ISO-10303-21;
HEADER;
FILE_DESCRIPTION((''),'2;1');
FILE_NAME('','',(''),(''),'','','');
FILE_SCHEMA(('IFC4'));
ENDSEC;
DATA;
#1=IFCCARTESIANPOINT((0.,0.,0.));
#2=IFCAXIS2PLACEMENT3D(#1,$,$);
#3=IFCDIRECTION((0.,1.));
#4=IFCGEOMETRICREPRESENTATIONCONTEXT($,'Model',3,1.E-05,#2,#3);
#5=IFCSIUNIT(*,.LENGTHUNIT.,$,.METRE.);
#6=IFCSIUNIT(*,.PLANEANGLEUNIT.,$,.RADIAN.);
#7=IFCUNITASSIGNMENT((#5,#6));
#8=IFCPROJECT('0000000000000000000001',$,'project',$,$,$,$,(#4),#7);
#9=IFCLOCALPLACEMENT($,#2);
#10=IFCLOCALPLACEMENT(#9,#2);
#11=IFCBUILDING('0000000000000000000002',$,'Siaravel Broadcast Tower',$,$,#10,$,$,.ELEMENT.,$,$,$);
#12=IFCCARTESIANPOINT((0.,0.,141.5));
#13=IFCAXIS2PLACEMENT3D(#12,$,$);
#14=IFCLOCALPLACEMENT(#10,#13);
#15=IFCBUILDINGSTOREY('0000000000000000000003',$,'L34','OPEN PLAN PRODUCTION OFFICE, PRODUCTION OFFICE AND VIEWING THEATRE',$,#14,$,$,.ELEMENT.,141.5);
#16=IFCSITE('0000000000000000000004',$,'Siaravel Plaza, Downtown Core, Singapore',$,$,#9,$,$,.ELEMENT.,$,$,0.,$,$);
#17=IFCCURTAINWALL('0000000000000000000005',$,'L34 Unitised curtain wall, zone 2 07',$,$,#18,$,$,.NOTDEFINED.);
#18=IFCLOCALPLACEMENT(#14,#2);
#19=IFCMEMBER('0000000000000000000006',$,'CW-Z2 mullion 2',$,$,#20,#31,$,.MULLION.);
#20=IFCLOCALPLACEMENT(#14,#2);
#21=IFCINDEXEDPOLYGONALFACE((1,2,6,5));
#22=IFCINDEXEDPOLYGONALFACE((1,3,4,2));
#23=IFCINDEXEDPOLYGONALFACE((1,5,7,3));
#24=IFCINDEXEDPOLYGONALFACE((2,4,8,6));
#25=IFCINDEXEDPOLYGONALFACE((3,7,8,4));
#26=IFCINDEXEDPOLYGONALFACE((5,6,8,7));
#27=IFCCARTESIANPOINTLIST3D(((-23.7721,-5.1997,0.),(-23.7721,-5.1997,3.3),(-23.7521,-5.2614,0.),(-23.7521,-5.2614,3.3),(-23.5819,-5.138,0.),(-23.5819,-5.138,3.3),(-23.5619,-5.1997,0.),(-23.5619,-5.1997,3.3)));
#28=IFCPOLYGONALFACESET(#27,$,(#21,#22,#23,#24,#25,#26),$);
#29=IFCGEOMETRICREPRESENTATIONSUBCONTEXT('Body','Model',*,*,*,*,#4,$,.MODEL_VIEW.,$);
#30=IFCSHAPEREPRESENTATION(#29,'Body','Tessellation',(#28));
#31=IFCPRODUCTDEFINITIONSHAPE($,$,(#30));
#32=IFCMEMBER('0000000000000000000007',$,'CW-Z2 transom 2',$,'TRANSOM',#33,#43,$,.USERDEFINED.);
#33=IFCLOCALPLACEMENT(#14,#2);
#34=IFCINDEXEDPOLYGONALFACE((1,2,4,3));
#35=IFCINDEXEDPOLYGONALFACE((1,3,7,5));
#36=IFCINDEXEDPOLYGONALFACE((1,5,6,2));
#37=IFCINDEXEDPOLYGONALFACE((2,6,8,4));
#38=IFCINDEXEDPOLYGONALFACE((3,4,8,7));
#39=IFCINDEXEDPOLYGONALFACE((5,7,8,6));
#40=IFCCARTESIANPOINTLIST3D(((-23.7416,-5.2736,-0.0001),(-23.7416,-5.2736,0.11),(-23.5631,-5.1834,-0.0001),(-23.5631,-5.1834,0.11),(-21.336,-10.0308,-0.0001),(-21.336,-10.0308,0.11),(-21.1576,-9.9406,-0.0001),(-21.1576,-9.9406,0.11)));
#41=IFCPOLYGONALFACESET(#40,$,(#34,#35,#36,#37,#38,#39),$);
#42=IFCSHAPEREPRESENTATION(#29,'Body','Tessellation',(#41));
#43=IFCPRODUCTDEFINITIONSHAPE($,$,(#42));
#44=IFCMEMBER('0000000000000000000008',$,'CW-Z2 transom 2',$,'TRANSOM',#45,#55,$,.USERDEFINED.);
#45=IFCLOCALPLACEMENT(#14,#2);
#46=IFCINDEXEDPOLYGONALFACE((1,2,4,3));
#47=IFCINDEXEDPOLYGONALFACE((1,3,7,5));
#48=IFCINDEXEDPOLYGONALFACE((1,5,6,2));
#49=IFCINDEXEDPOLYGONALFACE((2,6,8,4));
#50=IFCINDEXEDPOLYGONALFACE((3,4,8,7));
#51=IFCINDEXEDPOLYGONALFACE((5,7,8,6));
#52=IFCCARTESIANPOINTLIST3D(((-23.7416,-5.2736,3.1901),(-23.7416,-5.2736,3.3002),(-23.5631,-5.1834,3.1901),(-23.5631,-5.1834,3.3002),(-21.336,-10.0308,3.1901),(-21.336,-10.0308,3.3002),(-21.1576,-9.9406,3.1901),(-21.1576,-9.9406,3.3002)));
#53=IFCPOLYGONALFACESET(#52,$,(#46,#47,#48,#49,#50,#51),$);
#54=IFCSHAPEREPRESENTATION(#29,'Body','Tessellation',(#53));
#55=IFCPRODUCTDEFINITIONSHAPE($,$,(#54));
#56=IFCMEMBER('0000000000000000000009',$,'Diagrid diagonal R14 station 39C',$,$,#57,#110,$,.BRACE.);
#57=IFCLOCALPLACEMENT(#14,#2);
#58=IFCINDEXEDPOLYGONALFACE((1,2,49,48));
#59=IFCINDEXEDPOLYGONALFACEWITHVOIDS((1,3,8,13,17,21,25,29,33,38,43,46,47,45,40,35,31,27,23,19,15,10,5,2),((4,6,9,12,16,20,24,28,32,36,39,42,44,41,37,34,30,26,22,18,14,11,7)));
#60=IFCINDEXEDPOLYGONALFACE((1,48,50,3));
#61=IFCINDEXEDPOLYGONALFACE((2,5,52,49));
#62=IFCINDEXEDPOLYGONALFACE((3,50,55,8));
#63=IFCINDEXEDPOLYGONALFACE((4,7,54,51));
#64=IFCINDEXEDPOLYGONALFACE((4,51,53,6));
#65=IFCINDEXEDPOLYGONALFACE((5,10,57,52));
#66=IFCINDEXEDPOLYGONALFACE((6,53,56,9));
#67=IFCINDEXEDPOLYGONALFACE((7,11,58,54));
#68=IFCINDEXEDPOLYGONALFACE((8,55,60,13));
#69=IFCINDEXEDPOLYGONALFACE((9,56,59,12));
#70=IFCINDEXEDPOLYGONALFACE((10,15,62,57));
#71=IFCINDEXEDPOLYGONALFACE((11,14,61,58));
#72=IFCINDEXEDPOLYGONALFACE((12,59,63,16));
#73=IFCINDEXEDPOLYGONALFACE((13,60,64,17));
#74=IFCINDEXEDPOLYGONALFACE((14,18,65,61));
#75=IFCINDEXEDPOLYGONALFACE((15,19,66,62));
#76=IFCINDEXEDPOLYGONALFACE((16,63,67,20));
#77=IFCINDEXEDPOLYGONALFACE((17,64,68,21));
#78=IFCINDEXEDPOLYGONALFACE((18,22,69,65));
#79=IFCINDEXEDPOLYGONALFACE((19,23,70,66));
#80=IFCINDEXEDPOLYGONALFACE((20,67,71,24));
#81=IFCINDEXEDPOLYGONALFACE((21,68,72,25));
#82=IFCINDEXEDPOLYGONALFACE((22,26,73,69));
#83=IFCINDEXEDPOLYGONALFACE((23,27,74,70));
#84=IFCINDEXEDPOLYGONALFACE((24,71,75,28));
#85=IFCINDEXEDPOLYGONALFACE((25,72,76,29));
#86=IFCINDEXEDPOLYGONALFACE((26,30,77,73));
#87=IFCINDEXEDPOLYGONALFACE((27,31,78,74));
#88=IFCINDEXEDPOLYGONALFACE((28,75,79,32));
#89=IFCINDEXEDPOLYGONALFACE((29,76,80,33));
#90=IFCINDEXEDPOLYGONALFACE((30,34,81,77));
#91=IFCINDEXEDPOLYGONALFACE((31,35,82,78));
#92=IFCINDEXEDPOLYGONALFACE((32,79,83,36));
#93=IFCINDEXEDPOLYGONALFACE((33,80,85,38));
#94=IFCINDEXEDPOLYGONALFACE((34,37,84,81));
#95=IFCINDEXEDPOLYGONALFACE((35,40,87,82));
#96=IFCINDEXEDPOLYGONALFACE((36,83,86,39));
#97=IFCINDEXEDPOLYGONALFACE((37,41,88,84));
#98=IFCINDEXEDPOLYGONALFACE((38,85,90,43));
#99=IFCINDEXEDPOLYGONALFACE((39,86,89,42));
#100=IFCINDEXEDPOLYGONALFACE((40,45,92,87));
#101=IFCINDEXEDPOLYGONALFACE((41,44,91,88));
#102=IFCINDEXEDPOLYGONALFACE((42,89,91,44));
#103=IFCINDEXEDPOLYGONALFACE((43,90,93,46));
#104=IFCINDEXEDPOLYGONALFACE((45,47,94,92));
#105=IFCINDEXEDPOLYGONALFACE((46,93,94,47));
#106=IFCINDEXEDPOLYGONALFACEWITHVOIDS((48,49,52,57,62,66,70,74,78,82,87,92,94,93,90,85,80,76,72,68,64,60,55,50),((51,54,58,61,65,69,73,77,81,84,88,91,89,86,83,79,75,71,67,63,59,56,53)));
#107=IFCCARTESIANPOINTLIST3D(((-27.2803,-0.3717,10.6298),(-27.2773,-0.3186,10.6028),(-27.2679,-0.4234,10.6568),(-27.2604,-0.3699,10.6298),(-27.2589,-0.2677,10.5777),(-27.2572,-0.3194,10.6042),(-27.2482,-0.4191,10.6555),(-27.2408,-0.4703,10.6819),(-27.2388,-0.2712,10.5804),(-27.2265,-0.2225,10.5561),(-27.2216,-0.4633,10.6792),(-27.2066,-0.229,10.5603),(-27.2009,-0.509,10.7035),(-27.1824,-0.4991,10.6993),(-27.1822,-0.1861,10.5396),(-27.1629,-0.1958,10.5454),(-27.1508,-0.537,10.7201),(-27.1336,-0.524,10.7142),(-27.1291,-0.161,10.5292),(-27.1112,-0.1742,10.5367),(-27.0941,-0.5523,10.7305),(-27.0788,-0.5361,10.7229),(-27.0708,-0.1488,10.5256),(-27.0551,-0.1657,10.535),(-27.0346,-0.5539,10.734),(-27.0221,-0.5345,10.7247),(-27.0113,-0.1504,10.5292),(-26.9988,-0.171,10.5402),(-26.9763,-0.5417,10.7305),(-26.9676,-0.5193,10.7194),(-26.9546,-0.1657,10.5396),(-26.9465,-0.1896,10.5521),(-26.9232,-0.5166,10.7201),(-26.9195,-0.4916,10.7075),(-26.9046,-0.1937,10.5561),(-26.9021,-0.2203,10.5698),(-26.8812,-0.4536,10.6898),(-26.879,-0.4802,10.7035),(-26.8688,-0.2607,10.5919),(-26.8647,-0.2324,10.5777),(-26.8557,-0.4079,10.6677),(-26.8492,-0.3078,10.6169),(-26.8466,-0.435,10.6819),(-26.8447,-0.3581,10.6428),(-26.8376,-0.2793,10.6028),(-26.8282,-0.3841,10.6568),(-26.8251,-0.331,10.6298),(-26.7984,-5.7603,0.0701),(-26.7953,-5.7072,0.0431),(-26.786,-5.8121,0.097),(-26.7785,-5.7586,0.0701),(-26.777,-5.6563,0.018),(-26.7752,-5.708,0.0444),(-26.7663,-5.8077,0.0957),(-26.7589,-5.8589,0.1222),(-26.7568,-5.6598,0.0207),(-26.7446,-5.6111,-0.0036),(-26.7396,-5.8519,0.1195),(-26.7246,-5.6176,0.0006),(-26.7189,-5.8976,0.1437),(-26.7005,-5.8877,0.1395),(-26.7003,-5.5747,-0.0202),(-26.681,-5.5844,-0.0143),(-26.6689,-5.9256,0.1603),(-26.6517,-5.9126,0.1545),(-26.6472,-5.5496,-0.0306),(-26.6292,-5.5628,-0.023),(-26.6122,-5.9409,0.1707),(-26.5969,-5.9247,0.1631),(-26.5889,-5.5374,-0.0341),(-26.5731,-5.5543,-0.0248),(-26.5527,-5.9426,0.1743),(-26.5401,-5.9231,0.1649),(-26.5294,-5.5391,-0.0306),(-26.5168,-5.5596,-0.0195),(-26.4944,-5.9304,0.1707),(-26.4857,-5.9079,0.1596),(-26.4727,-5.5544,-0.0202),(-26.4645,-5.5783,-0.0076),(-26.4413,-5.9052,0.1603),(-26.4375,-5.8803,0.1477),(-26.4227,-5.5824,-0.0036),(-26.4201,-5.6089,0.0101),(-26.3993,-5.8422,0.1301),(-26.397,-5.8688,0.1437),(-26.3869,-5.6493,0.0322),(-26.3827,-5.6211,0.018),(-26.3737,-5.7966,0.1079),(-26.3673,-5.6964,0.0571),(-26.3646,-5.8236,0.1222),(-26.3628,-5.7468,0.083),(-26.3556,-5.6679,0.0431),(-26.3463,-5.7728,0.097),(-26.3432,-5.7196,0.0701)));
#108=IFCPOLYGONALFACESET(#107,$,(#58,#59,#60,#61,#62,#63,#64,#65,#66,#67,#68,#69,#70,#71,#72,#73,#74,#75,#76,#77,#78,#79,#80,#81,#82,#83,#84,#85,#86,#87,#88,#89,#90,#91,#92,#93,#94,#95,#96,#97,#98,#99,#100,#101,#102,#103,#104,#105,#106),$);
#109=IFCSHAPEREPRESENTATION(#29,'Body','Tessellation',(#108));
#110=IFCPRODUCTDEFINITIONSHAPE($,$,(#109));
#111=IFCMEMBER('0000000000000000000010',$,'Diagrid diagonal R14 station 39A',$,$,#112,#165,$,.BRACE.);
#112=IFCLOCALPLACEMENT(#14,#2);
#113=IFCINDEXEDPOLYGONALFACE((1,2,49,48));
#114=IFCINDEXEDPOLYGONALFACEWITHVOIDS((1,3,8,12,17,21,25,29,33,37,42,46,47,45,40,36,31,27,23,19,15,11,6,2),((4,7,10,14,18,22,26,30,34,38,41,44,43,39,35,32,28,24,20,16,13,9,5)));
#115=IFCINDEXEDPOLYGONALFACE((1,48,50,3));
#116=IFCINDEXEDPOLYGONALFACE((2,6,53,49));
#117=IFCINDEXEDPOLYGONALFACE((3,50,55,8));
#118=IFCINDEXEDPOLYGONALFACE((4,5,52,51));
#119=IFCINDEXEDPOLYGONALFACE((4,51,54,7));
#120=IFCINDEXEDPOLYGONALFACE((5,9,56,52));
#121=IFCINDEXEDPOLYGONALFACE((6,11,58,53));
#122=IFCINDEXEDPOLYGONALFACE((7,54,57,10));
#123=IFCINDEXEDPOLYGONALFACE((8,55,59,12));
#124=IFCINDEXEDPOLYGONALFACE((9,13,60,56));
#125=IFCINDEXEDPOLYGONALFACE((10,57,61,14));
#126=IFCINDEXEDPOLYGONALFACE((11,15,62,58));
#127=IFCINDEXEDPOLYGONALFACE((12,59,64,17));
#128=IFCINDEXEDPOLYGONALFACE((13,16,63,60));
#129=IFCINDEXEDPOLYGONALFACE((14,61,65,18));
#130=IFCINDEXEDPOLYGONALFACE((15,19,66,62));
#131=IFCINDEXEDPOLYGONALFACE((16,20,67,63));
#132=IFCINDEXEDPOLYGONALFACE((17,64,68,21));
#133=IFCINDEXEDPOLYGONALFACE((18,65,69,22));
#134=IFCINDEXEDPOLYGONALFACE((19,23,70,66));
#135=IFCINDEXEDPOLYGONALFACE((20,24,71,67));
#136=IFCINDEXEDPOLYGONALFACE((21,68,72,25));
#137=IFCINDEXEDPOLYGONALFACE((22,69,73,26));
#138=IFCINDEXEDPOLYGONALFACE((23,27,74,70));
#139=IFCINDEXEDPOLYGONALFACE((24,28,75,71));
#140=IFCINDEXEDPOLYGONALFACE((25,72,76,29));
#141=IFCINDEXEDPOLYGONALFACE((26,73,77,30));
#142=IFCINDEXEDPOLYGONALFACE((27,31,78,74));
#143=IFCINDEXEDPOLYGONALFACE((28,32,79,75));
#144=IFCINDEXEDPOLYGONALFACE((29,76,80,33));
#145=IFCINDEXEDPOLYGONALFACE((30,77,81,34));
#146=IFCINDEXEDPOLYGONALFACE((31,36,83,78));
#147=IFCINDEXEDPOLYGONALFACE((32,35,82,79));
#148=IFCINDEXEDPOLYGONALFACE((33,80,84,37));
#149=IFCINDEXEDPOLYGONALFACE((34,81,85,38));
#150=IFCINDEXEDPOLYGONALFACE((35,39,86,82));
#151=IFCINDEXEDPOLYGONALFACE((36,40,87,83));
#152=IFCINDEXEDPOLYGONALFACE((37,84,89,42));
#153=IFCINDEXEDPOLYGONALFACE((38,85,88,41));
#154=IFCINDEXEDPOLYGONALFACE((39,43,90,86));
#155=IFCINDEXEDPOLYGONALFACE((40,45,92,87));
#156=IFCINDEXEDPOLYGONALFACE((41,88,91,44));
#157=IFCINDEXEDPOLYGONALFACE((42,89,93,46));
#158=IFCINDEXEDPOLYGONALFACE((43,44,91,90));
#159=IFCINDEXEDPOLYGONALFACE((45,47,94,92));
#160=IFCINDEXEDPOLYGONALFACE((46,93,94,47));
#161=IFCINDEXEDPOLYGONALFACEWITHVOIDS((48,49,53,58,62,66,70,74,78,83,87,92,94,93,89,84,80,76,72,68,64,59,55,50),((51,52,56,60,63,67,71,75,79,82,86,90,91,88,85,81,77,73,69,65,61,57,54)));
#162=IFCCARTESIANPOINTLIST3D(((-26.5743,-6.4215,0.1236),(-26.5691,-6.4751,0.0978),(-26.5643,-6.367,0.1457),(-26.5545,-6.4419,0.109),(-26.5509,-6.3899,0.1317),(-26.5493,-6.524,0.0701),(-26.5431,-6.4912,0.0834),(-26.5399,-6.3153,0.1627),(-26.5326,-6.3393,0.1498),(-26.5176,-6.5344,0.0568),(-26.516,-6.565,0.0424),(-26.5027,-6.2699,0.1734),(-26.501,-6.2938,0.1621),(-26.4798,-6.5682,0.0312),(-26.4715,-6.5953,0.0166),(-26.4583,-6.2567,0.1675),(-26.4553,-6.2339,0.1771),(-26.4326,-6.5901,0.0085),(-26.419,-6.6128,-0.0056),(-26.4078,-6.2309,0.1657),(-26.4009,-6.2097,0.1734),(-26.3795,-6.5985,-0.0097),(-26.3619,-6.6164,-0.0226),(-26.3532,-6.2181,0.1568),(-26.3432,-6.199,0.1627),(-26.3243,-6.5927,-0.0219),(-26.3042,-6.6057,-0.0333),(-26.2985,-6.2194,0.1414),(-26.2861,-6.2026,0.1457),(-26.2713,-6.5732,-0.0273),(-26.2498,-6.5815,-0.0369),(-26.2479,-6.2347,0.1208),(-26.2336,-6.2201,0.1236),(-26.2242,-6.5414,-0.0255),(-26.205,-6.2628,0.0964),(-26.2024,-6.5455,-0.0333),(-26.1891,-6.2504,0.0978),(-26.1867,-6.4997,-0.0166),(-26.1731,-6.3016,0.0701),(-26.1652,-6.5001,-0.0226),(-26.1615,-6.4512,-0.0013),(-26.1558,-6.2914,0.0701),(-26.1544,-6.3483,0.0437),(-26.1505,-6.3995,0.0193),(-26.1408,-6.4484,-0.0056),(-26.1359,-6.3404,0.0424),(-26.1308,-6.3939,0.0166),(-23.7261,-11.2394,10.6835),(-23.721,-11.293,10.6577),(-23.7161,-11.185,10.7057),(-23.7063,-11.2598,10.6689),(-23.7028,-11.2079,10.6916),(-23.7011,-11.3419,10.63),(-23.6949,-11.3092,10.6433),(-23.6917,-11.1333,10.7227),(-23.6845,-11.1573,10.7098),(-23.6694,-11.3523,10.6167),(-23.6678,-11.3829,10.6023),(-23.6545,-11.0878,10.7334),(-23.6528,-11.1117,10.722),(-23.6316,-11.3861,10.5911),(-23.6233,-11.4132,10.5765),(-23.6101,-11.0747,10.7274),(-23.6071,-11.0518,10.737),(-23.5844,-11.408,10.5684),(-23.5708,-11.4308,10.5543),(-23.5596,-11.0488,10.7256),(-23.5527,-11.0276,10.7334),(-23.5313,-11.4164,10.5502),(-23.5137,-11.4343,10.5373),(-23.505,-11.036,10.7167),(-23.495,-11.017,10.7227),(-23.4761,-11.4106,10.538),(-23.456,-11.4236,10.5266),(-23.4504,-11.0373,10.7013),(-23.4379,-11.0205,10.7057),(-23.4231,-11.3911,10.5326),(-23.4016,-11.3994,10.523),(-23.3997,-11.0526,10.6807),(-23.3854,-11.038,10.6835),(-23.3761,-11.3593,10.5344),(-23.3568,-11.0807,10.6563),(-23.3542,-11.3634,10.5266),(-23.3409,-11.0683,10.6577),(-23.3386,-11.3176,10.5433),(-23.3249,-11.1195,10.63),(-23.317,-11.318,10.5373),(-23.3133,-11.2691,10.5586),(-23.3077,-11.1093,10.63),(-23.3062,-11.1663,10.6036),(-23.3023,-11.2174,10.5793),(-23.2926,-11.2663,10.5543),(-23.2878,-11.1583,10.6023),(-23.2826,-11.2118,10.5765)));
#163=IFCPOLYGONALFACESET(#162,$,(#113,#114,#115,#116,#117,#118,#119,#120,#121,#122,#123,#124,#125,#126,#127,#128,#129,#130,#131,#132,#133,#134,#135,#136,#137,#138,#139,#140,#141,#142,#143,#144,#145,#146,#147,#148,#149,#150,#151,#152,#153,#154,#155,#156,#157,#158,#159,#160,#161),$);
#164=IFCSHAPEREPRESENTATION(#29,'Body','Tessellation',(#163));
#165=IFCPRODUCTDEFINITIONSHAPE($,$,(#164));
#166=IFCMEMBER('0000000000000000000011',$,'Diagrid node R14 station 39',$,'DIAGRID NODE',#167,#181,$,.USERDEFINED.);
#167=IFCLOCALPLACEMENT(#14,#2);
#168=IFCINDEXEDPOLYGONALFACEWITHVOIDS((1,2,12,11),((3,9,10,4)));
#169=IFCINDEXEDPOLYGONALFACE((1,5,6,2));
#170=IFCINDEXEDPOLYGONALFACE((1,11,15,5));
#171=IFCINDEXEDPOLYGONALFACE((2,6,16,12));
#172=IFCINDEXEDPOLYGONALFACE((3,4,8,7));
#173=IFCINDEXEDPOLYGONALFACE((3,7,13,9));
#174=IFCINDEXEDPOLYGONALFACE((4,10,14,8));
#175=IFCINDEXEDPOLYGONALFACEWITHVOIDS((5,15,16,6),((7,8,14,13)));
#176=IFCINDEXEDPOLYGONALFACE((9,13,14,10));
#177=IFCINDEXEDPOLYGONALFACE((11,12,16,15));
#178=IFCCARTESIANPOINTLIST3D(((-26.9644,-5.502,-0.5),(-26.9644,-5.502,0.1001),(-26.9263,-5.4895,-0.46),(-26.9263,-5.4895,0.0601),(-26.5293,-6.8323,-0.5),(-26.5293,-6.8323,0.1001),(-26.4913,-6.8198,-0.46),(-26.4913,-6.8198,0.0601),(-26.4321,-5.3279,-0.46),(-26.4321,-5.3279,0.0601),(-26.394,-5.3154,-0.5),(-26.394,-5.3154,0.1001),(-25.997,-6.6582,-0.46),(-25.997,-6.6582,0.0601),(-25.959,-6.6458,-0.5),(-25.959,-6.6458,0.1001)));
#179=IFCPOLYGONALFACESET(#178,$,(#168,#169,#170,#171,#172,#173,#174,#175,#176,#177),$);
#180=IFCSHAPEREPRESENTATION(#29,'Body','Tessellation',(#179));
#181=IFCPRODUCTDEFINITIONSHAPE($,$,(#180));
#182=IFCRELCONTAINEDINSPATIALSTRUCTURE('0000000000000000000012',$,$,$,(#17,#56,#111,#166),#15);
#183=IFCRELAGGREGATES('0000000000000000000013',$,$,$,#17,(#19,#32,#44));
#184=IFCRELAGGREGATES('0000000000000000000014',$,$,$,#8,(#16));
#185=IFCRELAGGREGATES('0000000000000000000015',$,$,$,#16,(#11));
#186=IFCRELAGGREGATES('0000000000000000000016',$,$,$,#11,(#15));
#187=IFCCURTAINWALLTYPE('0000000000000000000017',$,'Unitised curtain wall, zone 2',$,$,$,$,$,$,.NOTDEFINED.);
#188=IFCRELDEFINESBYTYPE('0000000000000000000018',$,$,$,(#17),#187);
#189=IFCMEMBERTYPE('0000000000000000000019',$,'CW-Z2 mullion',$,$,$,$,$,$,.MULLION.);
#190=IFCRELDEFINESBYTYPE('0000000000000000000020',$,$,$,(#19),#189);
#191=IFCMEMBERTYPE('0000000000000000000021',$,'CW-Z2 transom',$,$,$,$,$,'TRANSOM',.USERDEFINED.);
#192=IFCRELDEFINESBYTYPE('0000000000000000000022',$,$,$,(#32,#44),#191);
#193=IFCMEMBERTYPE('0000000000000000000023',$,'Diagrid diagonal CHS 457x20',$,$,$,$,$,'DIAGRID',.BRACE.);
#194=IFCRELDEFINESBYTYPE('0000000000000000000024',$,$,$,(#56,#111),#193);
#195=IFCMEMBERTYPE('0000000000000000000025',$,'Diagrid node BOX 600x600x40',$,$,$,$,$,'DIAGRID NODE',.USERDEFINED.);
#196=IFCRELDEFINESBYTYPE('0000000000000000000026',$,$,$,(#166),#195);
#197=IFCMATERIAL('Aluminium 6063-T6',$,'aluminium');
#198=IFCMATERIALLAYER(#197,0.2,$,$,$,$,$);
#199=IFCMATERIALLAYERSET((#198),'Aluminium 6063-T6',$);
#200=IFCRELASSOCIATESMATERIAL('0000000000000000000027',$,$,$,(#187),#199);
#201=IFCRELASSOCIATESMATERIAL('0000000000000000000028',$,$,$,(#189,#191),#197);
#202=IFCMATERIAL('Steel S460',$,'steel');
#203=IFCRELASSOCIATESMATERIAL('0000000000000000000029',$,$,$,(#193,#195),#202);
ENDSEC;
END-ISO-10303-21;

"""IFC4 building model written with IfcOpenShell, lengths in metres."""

from ifc_helpers import new_model, si_unit, direction, frame, origin, origin_2d, place, context, subcontext, project, spatial, rectangle, hollow_rectangle, hollow_circle, extrude, material, layer, layer_set, material_profile, profile_set, type_object, element, aggregate, save


model = new_model("IFC4")

# Units and contexts
model_context = context("Model", 3, precision=1e-05, world=origin(), true_north=direction((0.0, 1.0)))
body_context = subcontext(model_context, "Body", "Model", "MODEL_VIEW")
ifc_project = project(units=[si_unit("LENGTHUNIT", "METRE"), si_unit("PLANEANGLEUNIT", "RADIAN")], contexts=[model_context])

# Site, building, storey
site_placement = place(None, origin())
site = spatial("IfcSite", under=ifc_project, at=site_placement, Name="Siaravel Plaza, Downtown Core, Singapore", CompositionType="ELEMENT", RefElevation=0.0)
building_placement = place(site_placement, origin())
building = spatial("IfcBuilding", under=site, at=building_placement, Name="Siaravel Broadcast Tower", CompositionType="ELEMENT")
storey_placement = place(building_placement, frame((0.0, 0.0, 141.5)))
storey = spatial("IfcBuildingStorey", under=building, at=storey_placement, Name="L34", Description="OPEN PLAN PRODUCTION OFFICE, PRODUCTION OFFICE AND VIEWING THEATRE", CompositionType="ELEMENT", Elevation=141.5)

# Curtain wall, members
ifc_material_1 = material(Name="Aluminium 6063-T6", Category="aluminium")
ifc_layer_1 = layer(ifc_material_1, 0.2)
ifc_layer_set_1 = layer_set([ifc_layer_1], Name="Aluminium 6063-T6")
curtain_wall_type = type_object("IfcCurtainWallType", Name="Unitised curtain wall, zone 2", PredefinedType="NOTDEFINED", material=ifc_layer_set_1)
curtain_wall_placement = place(storey_placement, origin())
curtain_wall = element("IfcCurtainWall", 1, at=curtain_wall_placement, inside=storey, type_object=curtain_wall_type, Name="L34 Unitised curtain wall, zone 2 07", PredefinedType="NOTDEFINED")
ifc_material_profile_1 = material_profile(ifc_material_1, rectangle(XDim=0.2, YDim=0.0649, at=origin_2d()))
ifc_profile_set_1 = profile_set([ifc_material_profile_1], Name="Aluminium 6063-T6")
member_type_1 = type_object("IfcMemberType", Name="CW-Z2 mullion", PredefinedType="MULLION", material=ifc_profile_set_1)
member_1_placement = place(storey_placement, frame((-23.667, -5.1997, 0.0), z_axis=(0.0, 0.0, 1.0), x_axis=(0.951177, 0.308645, 0.0)))
member_1 = element("IfcMember", 2, at=member_1_placement, type_object=member_type_1, Name="CW-Z2 mullion 2", PredefinedType="MULLION", context=body_context, shape_type="SweptSolid", body=[
    extrude(rectangle(XDim=0.2, YDim=0.0649, at=origin_2d()), origin(), (0.0, 0.0, 1.0), 3.3),
])
ifc_material_profile_2 = material_profile(ifc_material_1, rectangle(XDim=0.2, YDim=0.1101, at=origin_2d()))
ifc_profile_set_2 = profile_set([ifc_material_profile_2], Name="Aluminium 6063-T6")
member_type_2 = type_object("IfcMemberType", Name="CW-Z2 transom", ElementType="TRANSOM", PredefinedType="USERDEFINED", material=ifc_profile_set_2)
member_2_placement = place(storey_placement, frame((-23.6523, -5.2285, 0.0549), z_axis=(0.451258, -0.892394, 0.0), x_axis=(0.892394, 0.451258, 0.0)))
member_2 = element("IfcMember", 3, at=member_2_placement, type_object=member_type_2, Name="CW-Z2 transom 2", ObjectType="TRANSOM", PredefinedType="USERDEFINED", context=body_context, shape_type="SweptSolid", body=[
    extrude(rectangle(XDim=0.2, YDim=0.1101, at=origin_2d()), origin(), (0.0, 0.0, 1.0), 5.3308),
])
member_3_placement = place(storey_placement, frame((-23.6523, -5.2285, 3.2451), z_axis=(0.451258, -0.892394, 0.0), x_axis=(0.892394, 0.451258, 0.0)))
member_3 = element("IfcMember", 4, at=member_3_placement, type_object=member_type_2, Name="CW-Z2 transom 2", ObjectType="TRANSOM", PredefinedType="USERDEFINED", context=body_context, shape_type="SweptSolid", body=[
    extrude(rectangle(XDim=0.2, YDim=0.1101, at=origin_2d()), origin(), (0.0, 0.0, 1.0), 5.3308),
])

# Members
ifc_material_2 = material(Name="Steel S460", Category="steel")
ifc_material_profile_3 = material_profile(ifc_material_2, hollow_circle(Radius=0.2285, WallThickness=0.02, at=origin_2d()))
ifc_profile_set_3 = profile_set([ifc_material_profile_3], Name="Steel S460")
member_type_3 = type_object("IfcMemberType", Name="Diagrid diagonal CHS 457x20", ElementType="DIAGRID", PredefinedType="BRACE", material=ifc_profile_set_3)
member_4_placement = place(storey_placement, frame((-26.5708, -5.74, 0.0701), z_axis=(-0.040618, 0.454163, 0.889992), x_axis=(-0.996025, -0.089079, 0.0)))
element("IfcMember", 5, at=member_4_placement, inside=storey, type_object=member_type_3, Name="Diagrid diagonal R14 station 39C", PredefinedType="BRACE", context=body_context, shape_type="SweptSolid", body=[
    extrude(hollow_circle(Radius=0.2285, WallThickness=0.02, at=origin_2d()), origin(), (0.0, 0.0, 1.0), 11.865),
])
member_5_placement = place(storey_placement, frame((-26.3525, -6.4077, 0.0701), z_axis=(0.238313, -0.403125, 0.883571), x_axis=(0.860831, 0.508891, 0.0)))
element("IfcMember", 6, at=member_5_placement, inside=storey, type_object=member_type_3, Name="Diagrid diagonal R14 station 39A", PredefinedType="BRACE", context=body_context, shape_type="SweptSolid", body=[
    extrude(hollow_circle(Radius=0.2285, WallThickness=0.02, at=origin_2d()), origin(), (0.0, 0.0, 1.0), 11.9514),
])
ifc_material_profile_4 = material_profile(ifc_material_2, hollow_rectangle(XDim=0.6001, YDim=0.6001, WallThickness=0.04, at=origin_2d()))
ifc_profile_set_4 = profile_set([ifc_material_profile_4], Name="Steel S460")
member_type_4 = type_object("IfcMemberType", Name="Diagrid node BOX 600x600x40", ElementType="DIAGRID NODE", PredefinedType="USERDEFINED", material=ifc_profile_set_4)
member_6_placement = place(storey_placement, frame((-26.6792, -5.4087, -0.2), z_axis=(0.310833, -0.950465, 0.0), x_axis=(0.950465, 0.310833, 0.0)))
element("IfcMember", 7, at=member_6_placement, inside=storey, type_object=member_type_4, Name="Diagrid node R14 station 39", ObjectType="DIAGRID NODE", PredefinedType="USERDEFINED", context=body_context, shape_type="SweptSolid", body=[
    extrude(hollow_rectangle(XDim=0.6001, YDim=0.6001, WallThickness=0.04, at=origin_2d()), origin(), (0.0, 0.0, 1.0), 1.3997),
])

aggregate(curtain_wall, [member_1, member_2, member_3])

save(model, "model.ifc")
